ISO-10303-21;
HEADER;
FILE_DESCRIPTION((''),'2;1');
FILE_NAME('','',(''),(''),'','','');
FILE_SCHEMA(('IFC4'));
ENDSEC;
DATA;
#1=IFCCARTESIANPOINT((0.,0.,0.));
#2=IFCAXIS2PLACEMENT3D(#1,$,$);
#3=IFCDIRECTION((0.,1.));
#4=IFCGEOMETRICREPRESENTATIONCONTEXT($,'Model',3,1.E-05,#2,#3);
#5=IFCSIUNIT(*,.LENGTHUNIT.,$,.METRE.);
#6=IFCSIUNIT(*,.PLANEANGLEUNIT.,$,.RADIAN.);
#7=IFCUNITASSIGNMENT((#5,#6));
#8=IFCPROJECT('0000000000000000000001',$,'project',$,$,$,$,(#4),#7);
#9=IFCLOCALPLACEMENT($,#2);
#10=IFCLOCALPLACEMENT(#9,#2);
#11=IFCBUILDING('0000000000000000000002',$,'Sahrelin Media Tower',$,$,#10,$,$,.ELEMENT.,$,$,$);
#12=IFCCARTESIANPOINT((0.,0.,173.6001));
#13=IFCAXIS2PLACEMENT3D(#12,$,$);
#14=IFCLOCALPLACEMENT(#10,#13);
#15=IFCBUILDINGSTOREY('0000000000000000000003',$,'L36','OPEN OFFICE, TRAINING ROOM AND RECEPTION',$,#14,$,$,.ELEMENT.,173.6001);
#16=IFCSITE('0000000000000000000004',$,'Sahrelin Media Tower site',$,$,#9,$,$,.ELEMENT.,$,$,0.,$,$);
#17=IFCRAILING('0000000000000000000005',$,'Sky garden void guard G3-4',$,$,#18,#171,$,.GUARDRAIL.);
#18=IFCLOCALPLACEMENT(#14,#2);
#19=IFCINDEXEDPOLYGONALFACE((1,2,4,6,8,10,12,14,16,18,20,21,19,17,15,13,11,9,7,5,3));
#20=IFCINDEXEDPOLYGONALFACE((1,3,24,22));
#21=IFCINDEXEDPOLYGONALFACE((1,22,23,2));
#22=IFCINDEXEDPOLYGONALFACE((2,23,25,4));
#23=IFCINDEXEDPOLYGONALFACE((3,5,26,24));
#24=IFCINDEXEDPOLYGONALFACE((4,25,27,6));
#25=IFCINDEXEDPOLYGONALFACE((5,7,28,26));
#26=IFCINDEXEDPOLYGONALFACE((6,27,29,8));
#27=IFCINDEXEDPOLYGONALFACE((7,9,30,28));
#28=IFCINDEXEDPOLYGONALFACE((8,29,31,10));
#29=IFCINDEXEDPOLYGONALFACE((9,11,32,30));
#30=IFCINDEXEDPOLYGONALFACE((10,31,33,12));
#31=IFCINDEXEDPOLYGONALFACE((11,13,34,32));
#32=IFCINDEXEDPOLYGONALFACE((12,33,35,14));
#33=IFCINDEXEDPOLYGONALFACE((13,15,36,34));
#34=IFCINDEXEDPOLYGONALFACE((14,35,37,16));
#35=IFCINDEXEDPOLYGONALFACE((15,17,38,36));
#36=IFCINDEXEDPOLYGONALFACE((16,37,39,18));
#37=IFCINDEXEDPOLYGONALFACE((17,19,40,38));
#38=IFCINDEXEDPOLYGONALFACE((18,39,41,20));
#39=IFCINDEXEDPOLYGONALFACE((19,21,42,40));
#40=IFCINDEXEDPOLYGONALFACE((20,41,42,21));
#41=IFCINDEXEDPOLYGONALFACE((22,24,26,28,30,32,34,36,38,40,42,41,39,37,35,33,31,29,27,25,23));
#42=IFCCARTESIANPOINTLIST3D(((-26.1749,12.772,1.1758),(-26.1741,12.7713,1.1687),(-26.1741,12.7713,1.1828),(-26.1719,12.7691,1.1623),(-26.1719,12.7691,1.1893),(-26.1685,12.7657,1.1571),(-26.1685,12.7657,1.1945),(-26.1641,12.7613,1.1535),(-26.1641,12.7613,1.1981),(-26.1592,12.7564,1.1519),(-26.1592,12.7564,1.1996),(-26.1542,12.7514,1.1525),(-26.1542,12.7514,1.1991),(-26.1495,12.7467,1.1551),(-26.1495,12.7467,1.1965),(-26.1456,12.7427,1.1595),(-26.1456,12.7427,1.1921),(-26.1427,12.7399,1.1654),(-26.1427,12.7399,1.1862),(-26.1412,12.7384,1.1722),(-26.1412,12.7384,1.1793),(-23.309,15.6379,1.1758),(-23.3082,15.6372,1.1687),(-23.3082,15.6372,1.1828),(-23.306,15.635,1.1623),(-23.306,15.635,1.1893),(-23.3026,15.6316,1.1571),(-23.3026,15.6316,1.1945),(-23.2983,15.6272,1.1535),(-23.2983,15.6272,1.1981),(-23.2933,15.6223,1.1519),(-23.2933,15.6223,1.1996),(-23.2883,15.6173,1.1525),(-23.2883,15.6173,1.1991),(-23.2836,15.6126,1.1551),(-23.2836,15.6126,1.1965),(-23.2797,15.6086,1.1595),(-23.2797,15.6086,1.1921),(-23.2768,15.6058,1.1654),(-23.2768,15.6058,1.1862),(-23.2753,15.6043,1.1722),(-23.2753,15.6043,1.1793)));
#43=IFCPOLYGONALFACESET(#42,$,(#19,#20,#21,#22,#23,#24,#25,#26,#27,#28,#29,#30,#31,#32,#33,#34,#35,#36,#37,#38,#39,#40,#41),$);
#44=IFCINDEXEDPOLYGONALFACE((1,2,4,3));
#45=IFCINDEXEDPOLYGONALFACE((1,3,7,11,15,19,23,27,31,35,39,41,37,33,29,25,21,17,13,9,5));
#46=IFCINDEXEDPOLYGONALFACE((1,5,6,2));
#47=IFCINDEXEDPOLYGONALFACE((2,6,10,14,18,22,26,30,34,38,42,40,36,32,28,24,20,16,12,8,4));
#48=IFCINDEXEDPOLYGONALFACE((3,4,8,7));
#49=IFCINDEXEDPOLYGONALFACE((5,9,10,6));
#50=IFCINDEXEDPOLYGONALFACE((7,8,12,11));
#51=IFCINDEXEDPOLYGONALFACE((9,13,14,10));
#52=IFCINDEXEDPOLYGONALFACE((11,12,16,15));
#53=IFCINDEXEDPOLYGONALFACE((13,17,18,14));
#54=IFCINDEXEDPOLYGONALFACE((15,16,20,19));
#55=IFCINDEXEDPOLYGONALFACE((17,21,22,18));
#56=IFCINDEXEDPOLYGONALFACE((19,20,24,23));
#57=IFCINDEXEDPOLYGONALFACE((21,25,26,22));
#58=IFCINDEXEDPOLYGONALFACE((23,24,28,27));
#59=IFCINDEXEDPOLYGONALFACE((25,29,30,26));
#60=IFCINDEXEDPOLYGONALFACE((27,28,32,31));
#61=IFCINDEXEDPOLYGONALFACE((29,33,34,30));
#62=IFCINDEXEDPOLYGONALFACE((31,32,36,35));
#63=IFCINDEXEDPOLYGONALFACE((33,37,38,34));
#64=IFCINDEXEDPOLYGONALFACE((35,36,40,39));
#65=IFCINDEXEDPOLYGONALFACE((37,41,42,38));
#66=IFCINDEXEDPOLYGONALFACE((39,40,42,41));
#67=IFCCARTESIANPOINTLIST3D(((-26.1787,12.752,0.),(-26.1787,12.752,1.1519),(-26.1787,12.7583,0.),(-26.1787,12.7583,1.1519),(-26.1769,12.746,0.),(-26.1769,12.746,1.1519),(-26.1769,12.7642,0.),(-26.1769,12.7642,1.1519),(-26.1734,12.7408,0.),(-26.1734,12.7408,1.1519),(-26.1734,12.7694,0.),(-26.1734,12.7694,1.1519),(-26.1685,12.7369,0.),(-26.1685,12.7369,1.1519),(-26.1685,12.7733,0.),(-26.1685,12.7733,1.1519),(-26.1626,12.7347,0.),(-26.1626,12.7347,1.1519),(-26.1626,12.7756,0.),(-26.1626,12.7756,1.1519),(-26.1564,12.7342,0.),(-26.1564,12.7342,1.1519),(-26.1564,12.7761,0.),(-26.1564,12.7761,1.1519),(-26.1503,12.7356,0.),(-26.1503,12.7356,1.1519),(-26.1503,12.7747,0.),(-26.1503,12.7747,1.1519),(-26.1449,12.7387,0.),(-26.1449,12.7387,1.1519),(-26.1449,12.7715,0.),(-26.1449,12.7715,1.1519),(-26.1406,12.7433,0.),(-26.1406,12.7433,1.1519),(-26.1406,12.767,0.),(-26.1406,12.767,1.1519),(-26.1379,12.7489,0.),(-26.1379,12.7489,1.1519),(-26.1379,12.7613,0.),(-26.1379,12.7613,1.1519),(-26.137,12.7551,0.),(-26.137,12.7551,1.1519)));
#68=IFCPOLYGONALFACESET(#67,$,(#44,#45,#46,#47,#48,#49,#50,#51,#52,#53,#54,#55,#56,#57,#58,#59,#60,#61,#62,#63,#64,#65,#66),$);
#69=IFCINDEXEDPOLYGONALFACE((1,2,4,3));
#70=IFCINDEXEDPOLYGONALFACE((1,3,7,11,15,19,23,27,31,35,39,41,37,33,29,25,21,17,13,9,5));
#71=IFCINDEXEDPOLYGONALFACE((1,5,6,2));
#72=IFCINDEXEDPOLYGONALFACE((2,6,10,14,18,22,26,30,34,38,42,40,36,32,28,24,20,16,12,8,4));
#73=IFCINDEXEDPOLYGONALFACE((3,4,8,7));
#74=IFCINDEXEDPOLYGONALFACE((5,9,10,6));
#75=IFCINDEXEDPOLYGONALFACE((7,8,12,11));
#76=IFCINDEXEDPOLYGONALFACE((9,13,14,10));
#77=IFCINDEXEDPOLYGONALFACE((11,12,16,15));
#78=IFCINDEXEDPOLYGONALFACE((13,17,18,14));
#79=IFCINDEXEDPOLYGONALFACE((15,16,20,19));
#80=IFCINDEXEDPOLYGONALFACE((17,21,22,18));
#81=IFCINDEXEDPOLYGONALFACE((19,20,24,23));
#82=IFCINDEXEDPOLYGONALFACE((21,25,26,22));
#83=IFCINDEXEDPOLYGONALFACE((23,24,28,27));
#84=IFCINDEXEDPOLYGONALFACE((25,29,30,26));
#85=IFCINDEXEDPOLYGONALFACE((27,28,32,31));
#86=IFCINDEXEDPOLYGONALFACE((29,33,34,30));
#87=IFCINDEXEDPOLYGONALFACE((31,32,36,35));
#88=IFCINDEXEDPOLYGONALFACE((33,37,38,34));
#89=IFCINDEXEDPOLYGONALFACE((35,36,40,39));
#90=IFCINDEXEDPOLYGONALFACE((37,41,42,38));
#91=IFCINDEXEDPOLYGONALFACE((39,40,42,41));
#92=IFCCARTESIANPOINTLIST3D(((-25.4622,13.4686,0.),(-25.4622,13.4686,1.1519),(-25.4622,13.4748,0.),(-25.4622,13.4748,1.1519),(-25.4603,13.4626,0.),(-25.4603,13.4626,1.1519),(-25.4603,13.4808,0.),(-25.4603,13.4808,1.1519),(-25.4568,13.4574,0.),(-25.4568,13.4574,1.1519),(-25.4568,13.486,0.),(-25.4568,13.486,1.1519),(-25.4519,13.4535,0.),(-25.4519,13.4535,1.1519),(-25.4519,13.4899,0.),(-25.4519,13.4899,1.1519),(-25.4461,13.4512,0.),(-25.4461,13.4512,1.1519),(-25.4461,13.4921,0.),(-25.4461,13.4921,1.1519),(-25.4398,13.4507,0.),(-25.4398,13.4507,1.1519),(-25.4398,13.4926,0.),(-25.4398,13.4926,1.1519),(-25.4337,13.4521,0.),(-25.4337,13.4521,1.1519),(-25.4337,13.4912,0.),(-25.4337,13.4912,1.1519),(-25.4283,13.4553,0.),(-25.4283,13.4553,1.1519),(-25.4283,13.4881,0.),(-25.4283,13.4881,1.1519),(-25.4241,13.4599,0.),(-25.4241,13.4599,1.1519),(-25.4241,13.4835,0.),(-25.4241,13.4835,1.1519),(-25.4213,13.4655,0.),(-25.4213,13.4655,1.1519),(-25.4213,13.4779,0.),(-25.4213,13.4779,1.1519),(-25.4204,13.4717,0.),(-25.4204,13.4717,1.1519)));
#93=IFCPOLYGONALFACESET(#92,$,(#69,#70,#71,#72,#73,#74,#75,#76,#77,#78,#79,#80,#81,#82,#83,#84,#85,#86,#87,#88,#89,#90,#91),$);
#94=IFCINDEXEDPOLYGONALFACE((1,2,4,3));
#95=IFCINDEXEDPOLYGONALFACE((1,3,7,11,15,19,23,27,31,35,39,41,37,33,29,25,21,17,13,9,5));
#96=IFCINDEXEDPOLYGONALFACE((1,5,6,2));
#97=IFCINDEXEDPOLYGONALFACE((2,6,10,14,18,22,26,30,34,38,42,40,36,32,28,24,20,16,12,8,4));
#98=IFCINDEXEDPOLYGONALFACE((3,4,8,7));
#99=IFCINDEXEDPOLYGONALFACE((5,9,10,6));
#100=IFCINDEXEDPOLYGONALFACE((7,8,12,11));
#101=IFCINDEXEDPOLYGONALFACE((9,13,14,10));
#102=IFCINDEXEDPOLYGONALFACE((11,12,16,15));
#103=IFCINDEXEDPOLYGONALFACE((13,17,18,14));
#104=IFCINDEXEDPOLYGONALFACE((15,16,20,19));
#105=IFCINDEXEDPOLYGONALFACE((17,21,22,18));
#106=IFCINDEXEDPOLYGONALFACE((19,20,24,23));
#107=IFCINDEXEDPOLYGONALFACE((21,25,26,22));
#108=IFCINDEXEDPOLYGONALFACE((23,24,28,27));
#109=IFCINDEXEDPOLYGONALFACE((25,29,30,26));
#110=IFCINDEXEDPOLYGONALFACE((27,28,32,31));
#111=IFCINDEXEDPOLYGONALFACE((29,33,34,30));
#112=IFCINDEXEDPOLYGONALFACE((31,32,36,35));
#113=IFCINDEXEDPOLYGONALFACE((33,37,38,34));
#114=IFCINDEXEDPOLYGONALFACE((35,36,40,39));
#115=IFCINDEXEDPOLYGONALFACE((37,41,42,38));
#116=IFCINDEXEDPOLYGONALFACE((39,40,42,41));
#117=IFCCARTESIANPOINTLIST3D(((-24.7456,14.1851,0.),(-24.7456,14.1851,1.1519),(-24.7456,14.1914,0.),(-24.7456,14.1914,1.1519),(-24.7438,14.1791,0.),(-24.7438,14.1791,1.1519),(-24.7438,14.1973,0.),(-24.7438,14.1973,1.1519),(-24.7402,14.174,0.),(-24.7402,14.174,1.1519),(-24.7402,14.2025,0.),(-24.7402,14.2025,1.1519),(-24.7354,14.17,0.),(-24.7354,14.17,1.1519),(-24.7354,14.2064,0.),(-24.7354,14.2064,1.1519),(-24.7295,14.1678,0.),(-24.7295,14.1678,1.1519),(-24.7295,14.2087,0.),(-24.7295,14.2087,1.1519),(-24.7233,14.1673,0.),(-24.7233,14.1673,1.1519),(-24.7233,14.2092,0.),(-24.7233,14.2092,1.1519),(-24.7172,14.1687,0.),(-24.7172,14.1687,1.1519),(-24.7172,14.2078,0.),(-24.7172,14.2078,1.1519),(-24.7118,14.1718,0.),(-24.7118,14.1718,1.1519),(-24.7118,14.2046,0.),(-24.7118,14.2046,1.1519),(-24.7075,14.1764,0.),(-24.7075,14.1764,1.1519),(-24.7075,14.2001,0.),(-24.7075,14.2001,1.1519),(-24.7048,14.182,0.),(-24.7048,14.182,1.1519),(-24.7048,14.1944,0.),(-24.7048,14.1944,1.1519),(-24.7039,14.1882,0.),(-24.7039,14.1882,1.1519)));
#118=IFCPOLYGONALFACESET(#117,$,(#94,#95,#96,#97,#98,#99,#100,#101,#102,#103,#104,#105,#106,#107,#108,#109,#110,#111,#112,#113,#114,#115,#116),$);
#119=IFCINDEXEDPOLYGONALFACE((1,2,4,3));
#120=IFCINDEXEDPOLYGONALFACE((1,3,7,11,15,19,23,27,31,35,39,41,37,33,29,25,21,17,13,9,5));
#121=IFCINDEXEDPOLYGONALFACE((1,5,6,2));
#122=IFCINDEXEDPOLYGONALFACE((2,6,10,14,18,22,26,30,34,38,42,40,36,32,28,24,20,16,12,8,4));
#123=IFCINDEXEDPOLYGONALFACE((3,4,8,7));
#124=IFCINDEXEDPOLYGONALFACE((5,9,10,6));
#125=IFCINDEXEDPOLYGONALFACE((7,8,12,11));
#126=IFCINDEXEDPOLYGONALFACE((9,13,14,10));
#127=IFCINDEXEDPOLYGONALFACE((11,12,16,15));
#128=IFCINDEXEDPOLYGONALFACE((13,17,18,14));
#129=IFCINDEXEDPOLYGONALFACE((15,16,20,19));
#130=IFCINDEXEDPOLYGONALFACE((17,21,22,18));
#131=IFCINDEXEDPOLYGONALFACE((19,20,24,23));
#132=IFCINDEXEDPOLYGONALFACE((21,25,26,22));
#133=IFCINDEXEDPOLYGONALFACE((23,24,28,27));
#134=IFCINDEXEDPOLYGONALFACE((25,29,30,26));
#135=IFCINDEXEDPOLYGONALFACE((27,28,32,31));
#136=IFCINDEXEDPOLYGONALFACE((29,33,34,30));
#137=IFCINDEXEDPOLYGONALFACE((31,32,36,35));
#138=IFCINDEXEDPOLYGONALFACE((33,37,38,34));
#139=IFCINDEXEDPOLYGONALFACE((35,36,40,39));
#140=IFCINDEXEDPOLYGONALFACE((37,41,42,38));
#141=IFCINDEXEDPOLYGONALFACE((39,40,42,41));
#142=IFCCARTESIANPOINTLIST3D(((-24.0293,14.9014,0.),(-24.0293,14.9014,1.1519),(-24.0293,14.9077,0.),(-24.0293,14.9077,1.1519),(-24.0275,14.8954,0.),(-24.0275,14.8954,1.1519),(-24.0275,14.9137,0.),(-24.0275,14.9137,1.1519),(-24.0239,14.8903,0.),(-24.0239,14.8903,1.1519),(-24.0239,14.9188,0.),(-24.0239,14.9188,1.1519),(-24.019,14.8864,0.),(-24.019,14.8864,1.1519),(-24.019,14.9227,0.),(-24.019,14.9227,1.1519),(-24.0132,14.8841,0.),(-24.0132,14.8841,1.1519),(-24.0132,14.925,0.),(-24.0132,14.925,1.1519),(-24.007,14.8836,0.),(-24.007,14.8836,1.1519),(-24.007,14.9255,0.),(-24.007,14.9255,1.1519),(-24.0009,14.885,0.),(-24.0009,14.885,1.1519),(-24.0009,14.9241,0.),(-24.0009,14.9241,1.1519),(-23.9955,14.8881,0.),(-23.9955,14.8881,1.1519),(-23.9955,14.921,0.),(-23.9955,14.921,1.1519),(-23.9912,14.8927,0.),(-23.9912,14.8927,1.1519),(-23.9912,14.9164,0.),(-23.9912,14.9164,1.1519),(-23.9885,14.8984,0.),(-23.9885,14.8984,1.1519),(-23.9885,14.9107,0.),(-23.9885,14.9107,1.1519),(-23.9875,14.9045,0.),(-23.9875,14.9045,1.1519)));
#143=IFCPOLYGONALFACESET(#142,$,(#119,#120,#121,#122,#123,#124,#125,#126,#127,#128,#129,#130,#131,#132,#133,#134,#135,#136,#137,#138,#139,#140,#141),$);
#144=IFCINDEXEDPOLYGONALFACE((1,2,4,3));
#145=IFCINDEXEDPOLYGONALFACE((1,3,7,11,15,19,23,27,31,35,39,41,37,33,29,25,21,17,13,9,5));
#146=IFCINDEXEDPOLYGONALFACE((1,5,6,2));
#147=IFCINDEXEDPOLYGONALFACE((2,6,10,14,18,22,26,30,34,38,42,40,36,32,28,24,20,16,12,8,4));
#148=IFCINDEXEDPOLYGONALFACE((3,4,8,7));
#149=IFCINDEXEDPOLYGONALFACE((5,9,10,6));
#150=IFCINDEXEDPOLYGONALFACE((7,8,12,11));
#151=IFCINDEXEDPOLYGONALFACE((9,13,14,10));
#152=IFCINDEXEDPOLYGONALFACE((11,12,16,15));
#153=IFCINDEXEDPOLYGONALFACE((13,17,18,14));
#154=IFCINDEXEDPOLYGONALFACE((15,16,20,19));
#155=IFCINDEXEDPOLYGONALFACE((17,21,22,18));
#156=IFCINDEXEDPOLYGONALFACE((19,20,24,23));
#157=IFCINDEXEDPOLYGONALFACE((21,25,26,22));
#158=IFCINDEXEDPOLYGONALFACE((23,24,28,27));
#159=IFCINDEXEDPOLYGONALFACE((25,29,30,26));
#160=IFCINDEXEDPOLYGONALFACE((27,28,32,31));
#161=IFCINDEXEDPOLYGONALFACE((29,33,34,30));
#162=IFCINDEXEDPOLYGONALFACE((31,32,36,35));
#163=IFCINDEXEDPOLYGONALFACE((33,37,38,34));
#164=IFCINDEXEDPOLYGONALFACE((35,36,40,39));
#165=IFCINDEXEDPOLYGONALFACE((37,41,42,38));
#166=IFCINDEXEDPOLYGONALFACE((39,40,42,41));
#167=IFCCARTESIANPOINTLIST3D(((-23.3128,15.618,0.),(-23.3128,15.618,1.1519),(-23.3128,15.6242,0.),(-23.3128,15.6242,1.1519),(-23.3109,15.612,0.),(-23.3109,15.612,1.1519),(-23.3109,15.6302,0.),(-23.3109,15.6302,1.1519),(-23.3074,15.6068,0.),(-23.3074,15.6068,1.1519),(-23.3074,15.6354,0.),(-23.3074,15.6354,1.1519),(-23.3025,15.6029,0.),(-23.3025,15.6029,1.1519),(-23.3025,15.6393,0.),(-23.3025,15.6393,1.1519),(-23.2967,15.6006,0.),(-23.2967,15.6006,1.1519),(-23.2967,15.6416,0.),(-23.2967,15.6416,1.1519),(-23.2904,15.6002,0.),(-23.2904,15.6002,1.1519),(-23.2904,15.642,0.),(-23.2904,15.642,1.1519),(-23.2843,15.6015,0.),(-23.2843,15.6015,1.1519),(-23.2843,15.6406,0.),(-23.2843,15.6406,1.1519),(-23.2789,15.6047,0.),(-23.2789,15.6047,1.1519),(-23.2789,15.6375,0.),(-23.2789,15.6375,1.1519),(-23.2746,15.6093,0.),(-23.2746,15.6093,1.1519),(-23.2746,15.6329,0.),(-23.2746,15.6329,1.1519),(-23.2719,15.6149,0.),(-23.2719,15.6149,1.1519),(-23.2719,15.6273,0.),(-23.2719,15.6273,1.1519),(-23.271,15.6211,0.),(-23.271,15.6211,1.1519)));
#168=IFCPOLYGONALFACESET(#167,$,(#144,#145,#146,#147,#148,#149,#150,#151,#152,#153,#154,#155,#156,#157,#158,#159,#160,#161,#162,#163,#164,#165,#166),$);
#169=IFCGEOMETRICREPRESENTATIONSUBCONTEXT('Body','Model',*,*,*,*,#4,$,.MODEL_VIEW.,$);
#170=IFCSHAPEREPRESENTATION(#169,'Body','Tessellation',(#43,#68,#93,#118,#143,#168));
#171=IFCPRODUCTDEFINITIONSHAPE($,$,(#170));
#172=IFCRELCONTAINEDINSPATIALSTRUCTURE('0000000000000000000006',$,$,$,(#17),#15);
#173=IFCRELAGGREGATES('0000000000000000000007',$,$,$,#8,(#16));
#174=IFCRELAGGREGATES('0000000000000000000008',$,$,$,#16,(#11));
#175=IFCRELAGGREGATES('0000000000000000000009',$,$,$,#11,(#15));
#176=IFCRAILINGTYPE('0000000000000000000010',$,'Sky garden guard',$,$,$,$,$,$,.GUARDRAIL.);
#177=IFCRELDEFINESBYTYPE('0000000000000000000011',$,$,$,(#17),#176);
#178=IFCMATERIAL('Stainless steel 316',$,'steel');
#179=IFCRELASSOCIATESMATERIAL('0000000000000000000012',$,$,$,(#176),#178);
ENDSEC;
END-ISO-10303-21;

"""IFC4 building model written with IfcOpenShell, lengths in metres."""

from ifc_helpers import new_model, si_unit, direction, frame, origin, origin_2d, place, context, subcontext, project, spatial, circle, extrude, material, type_object, element, save


model = new_model("IFC4")

# Units and contexts
model_context = context("Model", 3, precision=1e-05, world=origin(), true_north=direction((0.0, 1.0)))
body_context = subcontext(model_context, "Body", "Model", "MODEL_VIEW")
ifc_project = project(units=[si_unit("LENGTHUNIT", "METRE"), si_unit("PLANEANGLEUNIT", "RADIAN")], contexts=[model_context])

# Site, building, storey
site_placement = place(None, origin())
site = spatial("IfcSite", under=ifc_project, at=site_placement, Name="Sahrelin Media Tower site", CompositionType="ELEMENT", RefElevation=0.0)
building_placement = place(site_placement, origin())
building = spatial("IfcBuilding", under=site, at=building_placement, Name="Sahrelin Media Tower", CompositionType="ELEMENT")
storey_placement = place(building_placement, frame((0.0, 0.0, 173.6001)))
storey = spatial("IfcBuildingStorey", under=building, at=storey_placement, Name="L36", Description="OPEN OFFICE, TRAINING ROOM AND RECEPTION", CompositionType="ELEMENT", Elevation=173.6001)

# Railing
ifc_material_1 = material(Name="Stainless steel 316", Category="steel")
railing_type = type_object("IfcRailingType", Name="Sky garden guard", PredefinedType="GUARDRAIL", material=ifc_material_1)
railing_1_placement = place(storey_placement, frame((-26.158, 12.7551, 0.0)))
element("IfcRailing", 1, at=railing_1_placement, inside=storey, type_object=railing_type, Name="Sky garden void guard G3-4", PredefinedType="GUARDRAIL", context=body_context, shape_type="SweptSolid", body=[
    extrude(circle(Radius=0.0239, at=origin_2d()), frame((0.0, 0.0, 1.1758), z_axis=(0.707107, 0.707107, 0.0), x_axis=(-0.707107, 0.707107, 0.0)), (0.0, 0.0, 1.0), 4.053),
    extrude(circle(Radius=0.021, at=origin_2d()), origin(), (0.0, 0.0, 1.0), 1.1519),
    extrude(circle(Radius=0.021, at=origin_2d()), frame((0.7166, 0.7166, 0.0)), (0.0, 0.0, 1.0), 1.1519),
    extrude(circle(Radius=0.021, at=origin_2d()), frame((1.4331, 1.4331, 0.0)), (0.0, 0.0, 1.0), 1.1519),
    extrude(circle(Radius=0.021, at=origin_2d()), frame((2.1494, 2.1494, 0.0)), (0.0, 0.0, 1.0), 1.1519),
    extrude(circle(Radius=0.021, at=origin_2d()), frame((2.866, 2.866, 0.0)), (0.0, 0.0, 1.0), 1.1519),
])

save(model, "model.ifc")
